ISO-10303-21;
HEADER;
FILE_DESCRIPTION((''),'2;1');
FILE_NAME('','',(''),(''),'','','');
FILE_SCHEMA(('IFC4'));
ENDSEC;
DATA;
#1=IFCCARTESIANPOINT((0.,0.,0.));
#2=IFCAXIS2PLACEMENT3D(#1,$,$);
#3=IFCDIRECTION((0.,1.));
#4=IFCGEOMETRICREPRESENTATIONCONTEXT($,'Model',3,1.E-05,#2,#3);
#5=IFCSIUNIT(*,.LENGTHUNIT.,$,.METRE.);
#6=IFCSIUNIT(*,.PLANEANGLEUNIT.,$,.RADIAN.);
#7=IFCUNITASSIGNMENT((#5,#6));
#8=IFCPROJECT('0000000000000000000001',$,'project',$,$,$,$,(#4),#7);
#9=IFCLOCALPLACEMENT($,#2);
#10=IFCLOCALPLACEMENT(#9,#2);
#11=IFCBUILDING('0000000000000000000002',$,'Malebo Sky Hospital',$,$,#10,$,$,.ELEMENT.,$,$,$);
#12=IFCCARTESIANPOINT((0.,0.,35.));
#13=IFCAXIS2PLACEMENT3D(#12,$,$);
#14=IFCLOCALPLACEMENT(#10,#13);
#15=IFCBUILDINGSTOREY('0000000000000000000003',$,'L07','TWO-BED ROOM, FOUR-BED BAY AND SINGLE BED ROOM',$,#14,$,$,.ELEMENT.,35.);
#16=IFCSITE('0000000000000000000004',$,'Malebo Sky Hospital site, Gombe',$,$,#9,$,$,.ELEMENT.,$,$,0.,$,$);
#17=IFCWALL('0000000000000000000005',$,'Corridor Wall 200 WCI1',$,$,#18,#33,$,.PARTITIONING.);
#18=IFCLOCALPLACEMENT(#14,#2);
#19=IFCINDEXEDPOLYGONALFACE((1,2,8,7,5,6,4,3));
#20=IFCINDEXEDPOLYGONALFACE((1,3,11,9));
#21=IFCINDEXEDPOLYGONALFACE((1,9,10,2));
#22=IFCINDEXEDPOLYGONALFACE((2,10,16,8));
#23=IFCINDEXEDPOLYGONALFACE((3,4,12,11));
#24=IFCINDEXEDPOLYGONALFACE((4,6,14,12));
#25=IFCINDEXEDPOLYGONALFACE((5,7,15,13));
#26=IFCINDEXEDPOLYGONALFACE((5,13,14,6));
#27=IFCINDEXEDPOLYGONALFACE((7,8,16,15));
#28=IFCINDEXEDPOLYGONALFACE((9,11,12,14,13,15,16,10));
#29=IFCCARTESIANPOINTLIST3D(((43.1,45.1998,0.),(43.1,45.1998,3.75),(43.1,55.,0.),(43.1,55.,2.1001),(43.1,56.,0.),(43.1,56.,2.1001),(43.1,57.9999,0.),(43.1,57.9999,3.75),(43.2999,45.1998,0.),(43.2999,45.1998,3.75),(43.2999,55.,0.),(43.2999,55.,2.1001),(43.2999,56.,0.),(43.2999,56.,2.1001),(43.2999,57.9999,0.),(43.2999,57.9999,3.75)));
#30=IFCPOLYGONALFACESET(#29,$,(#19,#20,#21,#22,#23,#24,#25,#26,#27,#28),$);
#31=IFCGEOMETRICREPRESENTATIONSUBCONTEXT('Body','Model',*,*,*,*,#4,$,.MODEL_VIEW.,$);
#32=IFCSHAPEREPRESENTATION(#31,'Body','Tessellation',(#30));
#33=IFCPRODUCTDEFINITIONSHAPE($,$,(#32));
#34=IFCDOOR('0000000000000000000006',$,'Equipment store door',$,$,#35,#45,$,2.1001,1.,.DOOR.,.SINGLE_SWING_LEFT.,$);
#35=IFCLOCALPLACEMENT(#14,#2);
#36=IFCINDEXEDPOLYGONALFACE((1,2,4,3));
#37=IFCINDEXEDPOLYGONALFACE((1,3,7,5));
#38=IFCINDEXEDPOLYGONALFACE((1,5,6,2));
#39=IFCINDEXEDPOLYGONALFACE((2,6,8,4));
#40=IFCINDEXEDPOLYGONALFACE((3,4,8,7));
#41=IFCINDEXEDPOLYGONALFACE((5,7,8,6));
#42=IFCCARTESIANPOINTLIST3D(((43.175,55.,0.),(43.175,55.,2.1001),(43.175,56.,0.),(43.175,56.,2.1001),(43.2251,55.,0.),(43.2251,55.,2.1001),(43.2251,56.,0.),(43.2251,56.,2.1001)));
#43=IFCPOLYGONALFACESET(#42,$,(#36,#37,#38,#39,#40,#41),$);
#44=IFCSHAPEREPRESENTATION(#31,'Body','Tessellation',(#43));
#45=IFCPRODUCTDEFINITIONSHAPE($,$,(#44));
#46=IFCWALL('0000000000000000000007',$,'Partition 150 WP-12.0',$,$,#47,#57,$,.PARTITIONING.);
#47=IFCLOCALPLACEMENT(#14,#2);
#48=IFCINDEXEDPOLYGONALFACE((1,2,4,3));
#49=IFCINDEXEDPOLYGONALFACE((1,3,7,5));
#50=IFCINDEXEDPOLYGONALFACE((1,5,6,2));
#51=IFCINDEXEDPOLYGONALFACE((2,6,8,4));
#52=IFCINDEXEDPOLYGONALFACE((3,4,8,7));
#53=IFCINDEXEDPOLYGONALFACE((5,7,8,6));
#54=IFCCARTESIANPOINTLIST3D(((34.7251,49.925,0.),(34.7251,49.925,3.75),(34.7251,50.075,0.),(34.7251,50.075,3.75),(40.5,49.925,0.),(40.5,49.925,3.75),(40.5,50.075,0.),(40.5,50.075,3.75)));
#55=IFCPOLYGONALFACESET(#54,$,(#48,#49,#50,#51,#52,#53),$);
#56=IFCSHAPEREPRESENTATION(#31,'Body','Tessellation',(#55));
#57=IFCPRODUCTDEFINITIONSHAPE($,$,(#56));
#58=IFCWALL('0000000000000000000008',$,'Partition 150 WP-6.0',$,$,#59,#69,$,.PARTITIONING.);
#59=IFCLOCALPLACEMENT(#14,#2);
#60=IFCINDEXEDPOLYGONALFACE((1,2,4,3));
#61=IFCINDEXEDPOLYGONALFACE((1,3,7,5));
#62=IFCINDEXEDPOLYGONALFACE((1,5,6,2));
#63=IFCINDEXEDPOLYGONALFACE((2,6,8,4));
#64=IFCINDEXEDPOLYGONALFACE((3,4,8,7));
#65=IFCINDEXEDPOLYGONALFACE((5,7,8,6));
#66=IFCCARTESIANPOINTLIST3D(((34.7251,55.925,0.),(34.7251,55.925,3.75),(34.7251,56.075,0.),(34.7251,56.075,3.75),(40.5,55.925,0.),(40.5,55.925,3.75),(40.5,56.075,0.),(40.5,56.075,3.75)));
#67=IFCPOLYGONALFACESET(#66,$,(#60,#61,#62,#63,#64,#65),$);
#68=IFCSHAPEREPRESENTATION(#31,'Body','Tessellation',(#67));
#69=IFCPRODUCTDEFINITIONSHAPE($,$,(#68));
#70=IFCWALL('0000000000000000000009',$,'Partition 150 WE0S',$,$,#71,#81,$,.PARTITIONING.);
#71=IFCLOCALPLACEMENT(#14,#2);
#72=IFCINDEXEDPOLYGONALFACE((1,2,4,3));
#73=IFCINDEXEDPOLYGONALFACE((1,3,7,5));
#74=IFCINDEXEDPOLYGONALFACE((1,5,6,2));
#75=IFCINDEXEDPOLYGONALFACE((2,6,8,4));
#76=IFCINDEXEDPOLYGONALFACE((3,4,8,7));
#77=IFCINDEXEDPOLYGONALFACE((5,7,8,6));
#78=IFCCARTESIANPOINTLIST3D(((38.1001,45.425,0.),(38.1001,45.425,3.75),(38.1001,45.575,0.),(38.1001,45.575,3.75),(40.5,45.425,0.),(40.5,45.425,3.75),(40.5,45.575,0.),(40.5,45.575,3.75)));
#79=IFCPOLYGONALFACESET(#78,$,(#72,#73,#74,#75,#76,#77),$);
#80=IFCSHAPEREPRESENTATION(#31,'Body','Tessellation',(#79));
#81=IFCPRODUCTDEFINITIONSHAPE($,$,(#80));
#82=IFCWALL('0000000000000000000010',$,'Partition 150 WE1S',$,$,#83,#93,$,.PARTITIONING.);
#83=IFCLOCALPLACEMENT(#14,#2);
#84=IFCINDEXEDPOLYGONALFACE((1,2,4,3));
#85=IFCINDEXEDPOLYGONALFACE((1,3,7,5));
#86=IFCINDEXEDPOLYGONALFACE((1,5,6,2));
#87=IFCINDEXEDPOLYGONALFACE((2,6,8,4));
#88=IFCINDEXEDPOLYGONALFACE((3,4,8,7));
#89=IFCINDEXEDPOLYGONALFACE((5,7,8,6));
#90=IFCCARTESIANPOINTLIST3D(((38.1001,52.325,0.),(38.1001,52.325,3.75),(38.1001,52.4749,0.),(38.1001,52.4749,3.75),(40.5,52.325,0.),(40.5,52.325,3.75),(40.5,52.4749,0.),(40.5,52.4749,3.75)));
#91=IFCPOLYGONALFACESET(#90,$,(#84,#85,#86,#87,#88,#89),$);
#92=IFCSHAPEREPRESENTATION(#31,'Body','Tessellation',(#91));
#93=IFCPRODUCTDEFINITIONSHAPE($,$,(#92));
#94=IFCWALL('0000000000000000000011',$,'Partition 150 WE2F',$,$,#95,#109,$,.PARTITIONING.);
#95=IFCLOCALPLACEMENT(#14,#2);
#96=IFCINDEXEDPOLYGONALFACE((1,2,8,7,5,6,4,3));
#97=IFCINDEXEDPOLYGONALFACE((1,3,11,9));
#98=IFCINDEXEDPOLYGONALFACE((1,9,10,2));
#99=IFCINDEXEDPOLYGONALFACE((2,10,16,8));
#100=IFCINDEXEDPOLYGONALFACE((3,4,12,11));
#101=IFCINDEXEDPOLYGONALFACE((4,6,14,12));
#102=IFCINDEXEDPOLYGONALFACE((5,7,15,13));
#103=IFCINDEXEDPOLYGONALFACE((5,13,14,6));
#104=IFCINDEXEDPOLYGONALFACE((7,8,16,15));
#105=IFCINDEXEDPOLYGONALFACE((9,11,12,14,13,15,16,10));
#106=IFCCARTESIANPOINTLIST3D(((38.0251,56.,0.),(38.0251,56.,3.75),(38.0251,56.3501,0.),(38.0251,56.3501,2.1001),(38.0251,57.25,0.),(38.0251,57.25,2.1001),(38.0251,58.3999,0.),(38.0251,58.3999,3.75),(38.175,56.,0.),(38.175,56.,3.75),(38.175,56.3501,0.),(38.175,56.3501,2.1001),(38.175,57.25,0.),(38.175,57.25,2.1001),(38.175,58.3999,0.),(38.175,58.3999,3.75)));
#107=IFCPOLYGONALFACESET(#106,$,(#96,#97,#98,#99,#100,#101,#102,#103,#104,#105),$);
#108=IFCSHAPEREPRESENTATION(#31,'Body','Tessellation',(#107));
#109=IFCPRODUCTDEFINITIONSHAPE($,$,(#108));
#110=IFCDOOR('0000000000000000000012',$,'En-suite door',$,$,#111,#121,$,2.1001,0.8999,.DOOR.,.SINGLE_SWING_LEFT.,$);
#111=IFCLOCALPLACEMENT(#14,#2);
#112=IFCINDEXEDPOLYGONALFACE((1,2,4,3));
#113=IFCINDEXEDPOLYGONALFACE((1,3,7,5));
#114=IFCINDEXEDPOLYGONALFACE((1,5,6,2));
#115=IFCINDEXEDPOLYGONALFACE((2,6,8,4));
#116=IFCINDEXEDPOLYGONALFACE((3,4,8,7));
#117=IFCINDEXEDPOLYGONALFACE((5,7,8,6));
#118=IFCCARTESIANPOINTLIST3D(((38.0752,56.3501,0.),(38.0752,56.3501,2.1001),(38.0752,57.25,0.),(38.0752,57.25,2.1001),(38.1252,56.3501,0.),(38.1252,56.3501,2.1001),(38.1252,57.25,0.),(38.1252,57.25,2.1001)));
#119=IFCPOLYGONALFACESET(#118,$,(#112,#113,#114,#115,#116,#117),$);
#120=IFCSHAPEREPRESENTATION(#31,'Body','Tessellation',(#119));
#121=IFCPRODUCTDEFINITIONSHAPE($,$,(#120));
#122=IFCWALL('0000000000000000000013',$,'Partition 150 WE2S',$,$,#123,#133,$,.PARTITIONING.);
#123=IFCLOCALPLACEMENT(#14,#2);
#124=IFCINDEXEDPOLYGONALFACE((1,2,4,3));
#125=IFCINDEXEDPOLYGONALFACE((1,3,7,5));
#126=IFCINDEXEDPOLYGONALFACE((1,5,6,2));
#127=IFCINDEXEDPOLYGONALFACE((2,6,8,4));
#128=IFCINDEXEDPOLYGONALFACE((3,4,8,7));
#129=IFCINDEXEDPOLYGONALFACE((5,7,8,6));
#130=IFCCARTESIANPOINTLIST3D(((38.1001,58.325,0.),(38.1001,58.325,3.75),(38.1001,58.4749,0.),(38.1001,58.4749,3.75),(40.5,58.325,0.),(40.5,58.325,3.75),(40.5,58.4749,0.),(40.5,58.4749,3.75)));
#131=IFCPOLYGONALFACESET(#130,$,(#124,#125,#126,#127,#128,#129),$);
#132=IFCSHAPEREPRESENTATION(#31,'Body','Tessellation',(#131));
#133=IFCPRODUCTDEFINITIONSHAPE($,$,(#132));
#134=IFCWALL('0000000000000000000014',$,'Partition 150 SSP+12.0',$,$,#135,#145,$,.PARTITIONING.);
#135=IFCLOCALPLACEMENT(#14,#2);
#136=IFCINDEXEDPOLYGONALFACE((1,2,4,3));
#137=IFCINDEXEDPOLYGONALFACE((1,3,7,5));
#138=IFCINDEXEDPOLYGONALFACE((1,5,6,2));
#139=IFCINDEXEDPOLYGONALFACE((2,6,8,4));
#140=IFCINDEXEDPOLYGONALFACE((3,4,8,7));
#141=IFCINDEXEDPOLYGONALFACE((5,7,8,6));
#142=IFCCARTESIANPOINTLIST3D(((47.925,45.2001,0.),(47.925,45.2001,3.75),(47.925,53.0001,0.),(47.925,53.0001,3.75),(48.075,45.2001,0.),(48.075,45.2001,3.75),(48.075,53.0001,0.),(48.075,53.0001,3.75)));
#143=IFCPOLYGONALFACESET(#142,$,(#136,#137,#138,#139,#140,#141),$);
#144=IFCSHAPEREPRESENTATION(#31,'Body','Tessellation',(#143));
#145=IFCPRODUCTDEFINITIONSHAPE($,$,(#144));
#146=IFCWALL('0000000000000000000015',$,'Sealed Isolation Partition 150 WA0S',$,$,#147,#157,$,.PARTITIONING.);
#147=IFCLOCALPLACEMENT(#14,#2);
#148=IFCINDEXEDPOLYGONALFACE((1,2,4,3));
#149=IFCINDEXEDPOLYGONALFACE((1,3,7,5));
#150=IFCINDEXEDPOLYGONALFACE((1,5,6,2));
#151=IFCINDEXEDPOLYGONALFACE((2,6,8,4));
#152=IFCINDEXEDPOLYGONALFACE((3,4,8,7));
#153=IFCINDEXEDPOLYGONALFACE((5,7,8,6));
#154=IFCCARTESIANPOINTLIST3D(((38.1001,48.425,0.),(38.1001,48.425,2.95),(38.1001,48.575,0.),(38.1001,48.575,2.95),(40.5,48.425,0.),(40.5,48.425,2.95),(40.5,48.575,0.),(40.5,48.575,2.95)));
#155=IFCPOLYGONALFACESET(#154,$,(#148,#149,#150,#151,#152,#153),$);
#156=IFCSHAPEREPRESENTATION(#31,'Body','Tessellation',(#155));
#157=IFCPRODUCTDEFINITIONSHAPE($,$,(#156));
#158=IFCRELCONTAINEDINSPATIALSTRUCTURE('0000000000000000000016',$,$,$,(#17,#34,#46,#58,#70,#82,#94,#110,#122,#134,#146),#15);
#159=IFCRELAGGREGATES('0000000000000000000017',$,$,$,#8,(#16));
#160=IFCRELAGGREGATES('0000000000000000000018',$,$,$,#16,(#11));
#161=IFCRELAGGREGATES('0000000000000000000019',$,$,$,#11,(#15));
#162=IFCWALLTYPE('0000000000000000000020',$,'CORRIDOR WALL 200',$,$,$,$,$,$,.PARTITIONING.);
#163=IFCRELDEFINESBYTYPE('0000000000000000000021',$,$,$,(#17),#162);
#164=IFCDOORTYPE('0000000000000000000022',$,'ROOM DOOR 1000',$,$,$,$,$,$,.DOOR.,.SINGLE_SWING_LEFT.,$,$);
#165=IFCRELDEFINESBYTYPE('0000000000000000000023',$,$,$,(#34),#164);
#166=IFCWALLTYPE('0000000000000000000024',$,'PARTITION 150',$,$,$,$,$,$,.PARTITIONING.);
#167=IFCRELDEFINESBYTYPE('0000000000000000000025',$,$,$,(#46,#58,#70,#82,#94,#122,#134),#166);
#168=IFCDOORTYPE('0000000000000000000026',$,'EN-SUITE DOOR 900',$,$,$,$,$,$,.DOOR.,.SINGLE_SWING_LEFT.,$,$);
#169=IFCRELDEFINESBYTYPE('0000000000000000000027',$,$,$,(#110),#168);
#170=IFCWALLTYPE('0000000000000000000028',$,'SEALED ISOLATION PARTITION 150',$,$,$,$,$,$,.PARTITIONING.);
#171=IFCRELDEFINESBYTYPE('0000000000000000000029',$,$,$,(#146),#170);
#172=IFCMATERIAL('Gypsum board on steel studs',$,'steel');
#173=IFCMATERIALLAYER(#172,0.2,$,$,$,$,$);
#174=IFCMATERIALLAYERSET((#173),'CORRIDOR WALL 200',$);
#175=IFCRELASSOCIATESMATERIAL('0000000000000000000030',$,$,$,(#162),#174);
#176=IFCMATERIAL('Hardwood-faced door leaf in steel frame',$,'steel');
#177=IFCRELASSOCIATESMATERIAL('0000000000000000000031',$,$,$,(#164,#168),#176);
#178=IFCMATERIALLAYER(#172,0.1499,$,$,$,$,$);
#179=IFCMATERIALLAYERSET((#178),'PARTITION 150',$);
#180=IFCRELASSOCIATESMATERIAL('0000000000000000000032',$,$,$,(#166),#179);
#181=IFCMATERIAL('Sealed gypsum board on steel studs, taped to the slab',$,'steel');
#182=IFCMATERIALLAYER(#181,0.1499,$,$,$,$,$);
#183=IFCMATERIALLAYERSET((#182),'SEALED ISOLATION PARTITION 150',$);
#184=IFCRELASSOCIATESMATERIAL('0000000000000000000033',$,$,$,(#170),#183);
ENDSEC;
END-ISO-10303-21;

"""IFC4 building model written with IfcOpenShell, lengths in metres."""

from ifc_helpers import new_model, si_unit, direction, frame, frame_2d, origin, place, context, subcontext, project, spatial, rectangle, extrude, material, layer, layer_set, type_object, element, fill, save


model = new_model("IFC4")

# Units and contexts
model_context = context("Model", 3, precision=1e-05, world=origin(), true_north=direction((0.0, 1.0)))
body_context = subcontext(model_context, "Body", "Model", "MODEL_VIEW")
ifc_project = project(units=[si_unit("LENGTHUNIT", "METRE"), si_unit("PLANEANGLEUNIT", "RADIAN")], contexts=[model_context])

# Site, building, storey
site_placement = place(None, origin())
site = spatial("IfcSite", under=ifc_project, at=site_placement, Name="Malebo Sky Hospital site, Gombe", CompositionType="ELEMENT", RefElevation=0.0)
building_placement = place(site_placement, origin())
building = spatial("IfcBuilding", under=site, at=building_placement, Name="Malebo Sky Hospital", CompositionType="ELEMENT")
storey_placement = place(building_placement, frame((0.0, 0.0, 35.0)))
storey = spatial("IfcBuildingStorey", under=building, at=storey_placement, Name="L07", Description="TWO-BED ROOM, FOUR-BED BAY AND SINGLE BED ROOM", CompositionType="ELEMENT", Elevation=35.0)

# Wall, opening, door
ifc_material_1 = material(Name="Gypsum board on steel studs", Category="steel")
ifc_layer_1 = layer(ifc_material_1, 0.2)
ifc_layer_set_1 = layer_set([ifc_layer_1], Name="CORRIDOR WALL 200")
wall_type_1 = type_object("IfcWallType", Name="CORRIDOR WALL 200", PredefinedType="PARTITIONING", material=ifc_layer_set_1)
wall_1_placement = place(storey_placement, frame((43.2, 45.2, 0.0), z_axis=(0.0, 0.0, 1.0), x_axis=(0.0, 1.0, 0.0)))
wall_1 = element("IfcWall", 1, at=wall_1_placement, inside=storey, type_object=wall_type_1, Name="Corridor Wall 200 WCI1", PredefinedType="PARTITIONING", context=body_context, shape_type="SweptSolid", body=[
    extrude(rectangle(XDim=12.8, YDim=0.2, at=frame_2d((6.3999, 0.0))), origin(), (0.0, 0.0, 1.0), 3.75),
])
opening_1_placement = place(wall_1_placement, frame((9.8, 0.0, 0.0)))
opening_1 = element("IfcOpeningElement", 2, at=opening_1_placement, cuts=wall_1, PredefinedType="OPENING", context=body_context, shape_type="SweptSolid", body=[
    extrude(rectangle(XDim=1.0, YDim=2.1001, at=frame_2d((0.5, 1.05))), frame((0.0, 0.1099, 0.0), z_axis=(0.0, -1.0, 0.0), x_axis=(1.0, 0.0, 0.0)), (0.0, 0.0, 1.0), 0.22),
])
ifc_material_2 = material(Name="Hardwood-faced door leaf in steel frame", Category="steel")
door_type_1 = type_object("IfcDoorType", Name="ROOM DOOR 1000", OperationType="SINGLE_SWING_LEFT", PredefinedType="DOOR", material=ifc_material_2)
door_1_placement = place(opening_1_placement, origin())
door_1 = element("IfcDoor", 3, at=door_1_placement, inside=storey, type_object=door_type_1, Name="Equipment store door", OperationType="SINGLE_SWING_LEFT", OverallHeight=2.1001, OverallWidth=1.0, PredefinedType="DOOR", context=body_context, shape_type="SweptSolid", body=[
    extrude(rectangle(XDim=1.0, YDim=2.1001, at=frame_2d((0.5, 1.05))), frame((0.0, 0.0249, 0.0), z_axis=(0.0, -1.0, 0.0), x_axis=(1.0, 0.0, 0.0)), (0.0, 0.0, 1.0), 0.05),
])
fill(opening_1, door_1)

# Walls
ifc_layer_2 = layer(ifc_material_1, 0.1499)
ifc_layer_set_2 = layer_set([ifc_layer_2], Name="PARTITION 150")
wall_type_2 = type_object("IfcWallType", Name="PARTITION 150", PredefinedType="PARTITIONING", material=ifc_layer_set_2)
for number, where, z_axis, x_axis, name in (
    (4, (40.5, 50.0, 0.0), (0.0, 0.0, 1.0), (-1.0, 0.0, 0.0), "Partition 150 WP-12.0"),
    (5, (40.5, 56.0, 0.0), (0.0, 0.0, 1.0), (-1.0, 0.0, 0.0), "Partition 150 WP-6.0"),
):
    element("IfcWall", number, at=place(storey_placement, frame(where, z_axis=z_axis, x_axis=x_axis)), inside=storey, type_object=wall_type_2, Name=name, PredefinedType="PARTITIONING", context=body_context, shape_type="SweptSolid", body=[
        extrude(rectangle(XDim=5.7749, YDim=0.1499, at=frame_2d((2.8875, 0.0))), origin(), (0.0, 0.0, 1.0), 3.75),
    ])
for number, where, z_axis, x_axis, name in (
    (6, (40.5, 45.5, 0.0), (0.0, 0.0, 1.0), (-1.0, 0.0, 0.0), "Partition 150 WE0S"),
    (7, (40.5, 52.3999, 0.0), (0.0, 0.0, 1.0), (-1.0, 0.0, 0.0), "Partition 150 WE1S"),
):
    element("IfcWall", number, at=place(storey_placement, frame(where, z_axis=z_axis, x_axis=x_axis)), inside=storey, type_object=wall_type_2, Name=name, PredefinedType="PARTITIONING", context=body_context, shape_type="SweptSolid", body=[
        extrude(rectangle(XDim=2.3999, YDim=0.1499, at=frame_2d((1.2, 0.0))), origin(), (0.0, 0.0, 1.0), 3.75),
    ])

# Wall, opening, door
wall_2_placement = place(storey_placement, frame((38.1001, 56.0, 0.0), z_axis=(0.0, 0.0, 1.0), x_axis=(0.0, 1.0, 0.0)))
wall_2 = element("IfcWall", 8, at=wall_2_placement, inside=storey, type_object=wall_type_2, Name="Partition 150 WE2F", PredefinedType="PARTITIONING", context=body_context, shape_type="SweptSolid", body=[
    extrude(rectangle(XDim=2.3999, YDim=0.1499, at=frame_2d((1.2, 0.0))), origin(), (0.0, 0.0, 1.0), 3.75),
])
opening_2_placement = place(wall_2_placement, frame((0.3501, 0.0, 0.0)))
opening_2 = element("IfcOpeningElement", 9, at=opening_2_placement, cuts=wall_2, PredefinedType="OPENING", context=body_context, shape_type="SweptSolid", body=[
    extrude(rectangle(XDim=0.8999, YDim=2.1001, at=frame_2d((0.45, 1.05))), frame((0.0, 0.085, 0.0), z_axis=(0.0, -1.0, 0.0), x_axis=(1.0, 0.0, 0.0)), (0.0, 0.0, 1.0), 0.1699),
])
door_type_2 = type_object("IfcDoorType", Name="EN-SUITE DOOR 900", OperationType="SINGLE_SWING_LEFT", PredefinedType="DOOR", material=ifc_material_2)
door_2_placement = place(opening_2_placement, origin())
door_2 = element("IfcDoor", 10, at=door_2_placement, inside=storey, type_object=door_type_2, Name="En-suite door", OperationType="SINGLE_SWING_LEFT", OverallHeight=2.1001, OverallWidth=0.8999, PredefinedType="DOOR", context=body_context, shape_type="SweptSolid", body=[
    extrude(rectangle(XDim=0.8999, YDim=2.1001, at=frame_2d((0.45, 1.05))), frame((0.0, 0.0249, 0.0), z_axis=(0.0, -1.0, 0.0), x_axis=(1.0, 0.0, 0.0)), (0.0, 0.0, 1.0), 0.05),
])
fill(opening_2, door_2)

# Walls
wall_3_placement = place(storey_placement, frame((40.5, 58.3999, 0.0), z_axis=(0.0, 0.0, 1.0), x_axis=(-1.0, 0.0, 0.0)))
element("IfcWall", 11, at=wall_3_placement, inside=storey, type_object=wall_type_2, Name="Partition 150 WE2S", PredefinedType="PARTITIONING", context=body_context, shape_type="SweptSolid", body=[
    extrude(rectangle(XDim=2.3999, YDim=0.1499, at=frame_2d((1.2, 0.0))), origin(), (0.0, 0.0, 1.0), 3.75),
])
wall_4_placement = place(storey_placement, frame((48.0, 53.0, 0.0), z_axis=(0.0, 0.0, 1.0), x_axis=(0.0, -1.0, 0.0)))
element("IfcWall", 12, at=wall_4_placement, inside=storey, type_object=wall_type_2, Name="Partition 150 SSP+12.0", PredefinedType="PARTITIONING", context=body_context, shape_type="SweptSolid", body=[
    extrude(rectangle(XDim=7.8, YDim=0.1499, at=frame_2d((3.8999, 0.0))), origin(), (0.0, 0.0, 1.0), 3.75),
])
ifc_material_3 = material(Name="Sealed gypsum board on steel studs, taped to the slab", Category="steel")
ifc_layer_3 = layer(ifc_material_3, 0.1499)
ifc_layer_set_3 = layer_set([ifc_layer_3], Name="SEALED ISOLATION PARTITION 150")
wall_type_3 = type_object("IfcWallType", Name="SEALED ISOLATION PARTITION 150", PredefinedType="PARTITIONING", material=ifc_layer_set_3)
wall_5_placement = place(storey_placement, frame((40.5, 48.5, 0.0), z_axis=(0.0, 0.0, 1.0), x_axis=(-1.0, 0.0, 0.0)))
element("IfcWall", 13, at=wall_5_placement, inside=storey, type_object=wall_type_3, Name="Sealed Isolation Partition 150 WA0S", PredefinedType="PARTITIONING", context=body_context, shape_type="SweptSolid", body=[
    extrude(rectangle(XDim=2.3999, YDim=0.1499, at=frame_2d((1.2, 0.0))), origin(), (0.0, 0.0, 1.0), 2.95),
])

save(model, "model.ifc")
